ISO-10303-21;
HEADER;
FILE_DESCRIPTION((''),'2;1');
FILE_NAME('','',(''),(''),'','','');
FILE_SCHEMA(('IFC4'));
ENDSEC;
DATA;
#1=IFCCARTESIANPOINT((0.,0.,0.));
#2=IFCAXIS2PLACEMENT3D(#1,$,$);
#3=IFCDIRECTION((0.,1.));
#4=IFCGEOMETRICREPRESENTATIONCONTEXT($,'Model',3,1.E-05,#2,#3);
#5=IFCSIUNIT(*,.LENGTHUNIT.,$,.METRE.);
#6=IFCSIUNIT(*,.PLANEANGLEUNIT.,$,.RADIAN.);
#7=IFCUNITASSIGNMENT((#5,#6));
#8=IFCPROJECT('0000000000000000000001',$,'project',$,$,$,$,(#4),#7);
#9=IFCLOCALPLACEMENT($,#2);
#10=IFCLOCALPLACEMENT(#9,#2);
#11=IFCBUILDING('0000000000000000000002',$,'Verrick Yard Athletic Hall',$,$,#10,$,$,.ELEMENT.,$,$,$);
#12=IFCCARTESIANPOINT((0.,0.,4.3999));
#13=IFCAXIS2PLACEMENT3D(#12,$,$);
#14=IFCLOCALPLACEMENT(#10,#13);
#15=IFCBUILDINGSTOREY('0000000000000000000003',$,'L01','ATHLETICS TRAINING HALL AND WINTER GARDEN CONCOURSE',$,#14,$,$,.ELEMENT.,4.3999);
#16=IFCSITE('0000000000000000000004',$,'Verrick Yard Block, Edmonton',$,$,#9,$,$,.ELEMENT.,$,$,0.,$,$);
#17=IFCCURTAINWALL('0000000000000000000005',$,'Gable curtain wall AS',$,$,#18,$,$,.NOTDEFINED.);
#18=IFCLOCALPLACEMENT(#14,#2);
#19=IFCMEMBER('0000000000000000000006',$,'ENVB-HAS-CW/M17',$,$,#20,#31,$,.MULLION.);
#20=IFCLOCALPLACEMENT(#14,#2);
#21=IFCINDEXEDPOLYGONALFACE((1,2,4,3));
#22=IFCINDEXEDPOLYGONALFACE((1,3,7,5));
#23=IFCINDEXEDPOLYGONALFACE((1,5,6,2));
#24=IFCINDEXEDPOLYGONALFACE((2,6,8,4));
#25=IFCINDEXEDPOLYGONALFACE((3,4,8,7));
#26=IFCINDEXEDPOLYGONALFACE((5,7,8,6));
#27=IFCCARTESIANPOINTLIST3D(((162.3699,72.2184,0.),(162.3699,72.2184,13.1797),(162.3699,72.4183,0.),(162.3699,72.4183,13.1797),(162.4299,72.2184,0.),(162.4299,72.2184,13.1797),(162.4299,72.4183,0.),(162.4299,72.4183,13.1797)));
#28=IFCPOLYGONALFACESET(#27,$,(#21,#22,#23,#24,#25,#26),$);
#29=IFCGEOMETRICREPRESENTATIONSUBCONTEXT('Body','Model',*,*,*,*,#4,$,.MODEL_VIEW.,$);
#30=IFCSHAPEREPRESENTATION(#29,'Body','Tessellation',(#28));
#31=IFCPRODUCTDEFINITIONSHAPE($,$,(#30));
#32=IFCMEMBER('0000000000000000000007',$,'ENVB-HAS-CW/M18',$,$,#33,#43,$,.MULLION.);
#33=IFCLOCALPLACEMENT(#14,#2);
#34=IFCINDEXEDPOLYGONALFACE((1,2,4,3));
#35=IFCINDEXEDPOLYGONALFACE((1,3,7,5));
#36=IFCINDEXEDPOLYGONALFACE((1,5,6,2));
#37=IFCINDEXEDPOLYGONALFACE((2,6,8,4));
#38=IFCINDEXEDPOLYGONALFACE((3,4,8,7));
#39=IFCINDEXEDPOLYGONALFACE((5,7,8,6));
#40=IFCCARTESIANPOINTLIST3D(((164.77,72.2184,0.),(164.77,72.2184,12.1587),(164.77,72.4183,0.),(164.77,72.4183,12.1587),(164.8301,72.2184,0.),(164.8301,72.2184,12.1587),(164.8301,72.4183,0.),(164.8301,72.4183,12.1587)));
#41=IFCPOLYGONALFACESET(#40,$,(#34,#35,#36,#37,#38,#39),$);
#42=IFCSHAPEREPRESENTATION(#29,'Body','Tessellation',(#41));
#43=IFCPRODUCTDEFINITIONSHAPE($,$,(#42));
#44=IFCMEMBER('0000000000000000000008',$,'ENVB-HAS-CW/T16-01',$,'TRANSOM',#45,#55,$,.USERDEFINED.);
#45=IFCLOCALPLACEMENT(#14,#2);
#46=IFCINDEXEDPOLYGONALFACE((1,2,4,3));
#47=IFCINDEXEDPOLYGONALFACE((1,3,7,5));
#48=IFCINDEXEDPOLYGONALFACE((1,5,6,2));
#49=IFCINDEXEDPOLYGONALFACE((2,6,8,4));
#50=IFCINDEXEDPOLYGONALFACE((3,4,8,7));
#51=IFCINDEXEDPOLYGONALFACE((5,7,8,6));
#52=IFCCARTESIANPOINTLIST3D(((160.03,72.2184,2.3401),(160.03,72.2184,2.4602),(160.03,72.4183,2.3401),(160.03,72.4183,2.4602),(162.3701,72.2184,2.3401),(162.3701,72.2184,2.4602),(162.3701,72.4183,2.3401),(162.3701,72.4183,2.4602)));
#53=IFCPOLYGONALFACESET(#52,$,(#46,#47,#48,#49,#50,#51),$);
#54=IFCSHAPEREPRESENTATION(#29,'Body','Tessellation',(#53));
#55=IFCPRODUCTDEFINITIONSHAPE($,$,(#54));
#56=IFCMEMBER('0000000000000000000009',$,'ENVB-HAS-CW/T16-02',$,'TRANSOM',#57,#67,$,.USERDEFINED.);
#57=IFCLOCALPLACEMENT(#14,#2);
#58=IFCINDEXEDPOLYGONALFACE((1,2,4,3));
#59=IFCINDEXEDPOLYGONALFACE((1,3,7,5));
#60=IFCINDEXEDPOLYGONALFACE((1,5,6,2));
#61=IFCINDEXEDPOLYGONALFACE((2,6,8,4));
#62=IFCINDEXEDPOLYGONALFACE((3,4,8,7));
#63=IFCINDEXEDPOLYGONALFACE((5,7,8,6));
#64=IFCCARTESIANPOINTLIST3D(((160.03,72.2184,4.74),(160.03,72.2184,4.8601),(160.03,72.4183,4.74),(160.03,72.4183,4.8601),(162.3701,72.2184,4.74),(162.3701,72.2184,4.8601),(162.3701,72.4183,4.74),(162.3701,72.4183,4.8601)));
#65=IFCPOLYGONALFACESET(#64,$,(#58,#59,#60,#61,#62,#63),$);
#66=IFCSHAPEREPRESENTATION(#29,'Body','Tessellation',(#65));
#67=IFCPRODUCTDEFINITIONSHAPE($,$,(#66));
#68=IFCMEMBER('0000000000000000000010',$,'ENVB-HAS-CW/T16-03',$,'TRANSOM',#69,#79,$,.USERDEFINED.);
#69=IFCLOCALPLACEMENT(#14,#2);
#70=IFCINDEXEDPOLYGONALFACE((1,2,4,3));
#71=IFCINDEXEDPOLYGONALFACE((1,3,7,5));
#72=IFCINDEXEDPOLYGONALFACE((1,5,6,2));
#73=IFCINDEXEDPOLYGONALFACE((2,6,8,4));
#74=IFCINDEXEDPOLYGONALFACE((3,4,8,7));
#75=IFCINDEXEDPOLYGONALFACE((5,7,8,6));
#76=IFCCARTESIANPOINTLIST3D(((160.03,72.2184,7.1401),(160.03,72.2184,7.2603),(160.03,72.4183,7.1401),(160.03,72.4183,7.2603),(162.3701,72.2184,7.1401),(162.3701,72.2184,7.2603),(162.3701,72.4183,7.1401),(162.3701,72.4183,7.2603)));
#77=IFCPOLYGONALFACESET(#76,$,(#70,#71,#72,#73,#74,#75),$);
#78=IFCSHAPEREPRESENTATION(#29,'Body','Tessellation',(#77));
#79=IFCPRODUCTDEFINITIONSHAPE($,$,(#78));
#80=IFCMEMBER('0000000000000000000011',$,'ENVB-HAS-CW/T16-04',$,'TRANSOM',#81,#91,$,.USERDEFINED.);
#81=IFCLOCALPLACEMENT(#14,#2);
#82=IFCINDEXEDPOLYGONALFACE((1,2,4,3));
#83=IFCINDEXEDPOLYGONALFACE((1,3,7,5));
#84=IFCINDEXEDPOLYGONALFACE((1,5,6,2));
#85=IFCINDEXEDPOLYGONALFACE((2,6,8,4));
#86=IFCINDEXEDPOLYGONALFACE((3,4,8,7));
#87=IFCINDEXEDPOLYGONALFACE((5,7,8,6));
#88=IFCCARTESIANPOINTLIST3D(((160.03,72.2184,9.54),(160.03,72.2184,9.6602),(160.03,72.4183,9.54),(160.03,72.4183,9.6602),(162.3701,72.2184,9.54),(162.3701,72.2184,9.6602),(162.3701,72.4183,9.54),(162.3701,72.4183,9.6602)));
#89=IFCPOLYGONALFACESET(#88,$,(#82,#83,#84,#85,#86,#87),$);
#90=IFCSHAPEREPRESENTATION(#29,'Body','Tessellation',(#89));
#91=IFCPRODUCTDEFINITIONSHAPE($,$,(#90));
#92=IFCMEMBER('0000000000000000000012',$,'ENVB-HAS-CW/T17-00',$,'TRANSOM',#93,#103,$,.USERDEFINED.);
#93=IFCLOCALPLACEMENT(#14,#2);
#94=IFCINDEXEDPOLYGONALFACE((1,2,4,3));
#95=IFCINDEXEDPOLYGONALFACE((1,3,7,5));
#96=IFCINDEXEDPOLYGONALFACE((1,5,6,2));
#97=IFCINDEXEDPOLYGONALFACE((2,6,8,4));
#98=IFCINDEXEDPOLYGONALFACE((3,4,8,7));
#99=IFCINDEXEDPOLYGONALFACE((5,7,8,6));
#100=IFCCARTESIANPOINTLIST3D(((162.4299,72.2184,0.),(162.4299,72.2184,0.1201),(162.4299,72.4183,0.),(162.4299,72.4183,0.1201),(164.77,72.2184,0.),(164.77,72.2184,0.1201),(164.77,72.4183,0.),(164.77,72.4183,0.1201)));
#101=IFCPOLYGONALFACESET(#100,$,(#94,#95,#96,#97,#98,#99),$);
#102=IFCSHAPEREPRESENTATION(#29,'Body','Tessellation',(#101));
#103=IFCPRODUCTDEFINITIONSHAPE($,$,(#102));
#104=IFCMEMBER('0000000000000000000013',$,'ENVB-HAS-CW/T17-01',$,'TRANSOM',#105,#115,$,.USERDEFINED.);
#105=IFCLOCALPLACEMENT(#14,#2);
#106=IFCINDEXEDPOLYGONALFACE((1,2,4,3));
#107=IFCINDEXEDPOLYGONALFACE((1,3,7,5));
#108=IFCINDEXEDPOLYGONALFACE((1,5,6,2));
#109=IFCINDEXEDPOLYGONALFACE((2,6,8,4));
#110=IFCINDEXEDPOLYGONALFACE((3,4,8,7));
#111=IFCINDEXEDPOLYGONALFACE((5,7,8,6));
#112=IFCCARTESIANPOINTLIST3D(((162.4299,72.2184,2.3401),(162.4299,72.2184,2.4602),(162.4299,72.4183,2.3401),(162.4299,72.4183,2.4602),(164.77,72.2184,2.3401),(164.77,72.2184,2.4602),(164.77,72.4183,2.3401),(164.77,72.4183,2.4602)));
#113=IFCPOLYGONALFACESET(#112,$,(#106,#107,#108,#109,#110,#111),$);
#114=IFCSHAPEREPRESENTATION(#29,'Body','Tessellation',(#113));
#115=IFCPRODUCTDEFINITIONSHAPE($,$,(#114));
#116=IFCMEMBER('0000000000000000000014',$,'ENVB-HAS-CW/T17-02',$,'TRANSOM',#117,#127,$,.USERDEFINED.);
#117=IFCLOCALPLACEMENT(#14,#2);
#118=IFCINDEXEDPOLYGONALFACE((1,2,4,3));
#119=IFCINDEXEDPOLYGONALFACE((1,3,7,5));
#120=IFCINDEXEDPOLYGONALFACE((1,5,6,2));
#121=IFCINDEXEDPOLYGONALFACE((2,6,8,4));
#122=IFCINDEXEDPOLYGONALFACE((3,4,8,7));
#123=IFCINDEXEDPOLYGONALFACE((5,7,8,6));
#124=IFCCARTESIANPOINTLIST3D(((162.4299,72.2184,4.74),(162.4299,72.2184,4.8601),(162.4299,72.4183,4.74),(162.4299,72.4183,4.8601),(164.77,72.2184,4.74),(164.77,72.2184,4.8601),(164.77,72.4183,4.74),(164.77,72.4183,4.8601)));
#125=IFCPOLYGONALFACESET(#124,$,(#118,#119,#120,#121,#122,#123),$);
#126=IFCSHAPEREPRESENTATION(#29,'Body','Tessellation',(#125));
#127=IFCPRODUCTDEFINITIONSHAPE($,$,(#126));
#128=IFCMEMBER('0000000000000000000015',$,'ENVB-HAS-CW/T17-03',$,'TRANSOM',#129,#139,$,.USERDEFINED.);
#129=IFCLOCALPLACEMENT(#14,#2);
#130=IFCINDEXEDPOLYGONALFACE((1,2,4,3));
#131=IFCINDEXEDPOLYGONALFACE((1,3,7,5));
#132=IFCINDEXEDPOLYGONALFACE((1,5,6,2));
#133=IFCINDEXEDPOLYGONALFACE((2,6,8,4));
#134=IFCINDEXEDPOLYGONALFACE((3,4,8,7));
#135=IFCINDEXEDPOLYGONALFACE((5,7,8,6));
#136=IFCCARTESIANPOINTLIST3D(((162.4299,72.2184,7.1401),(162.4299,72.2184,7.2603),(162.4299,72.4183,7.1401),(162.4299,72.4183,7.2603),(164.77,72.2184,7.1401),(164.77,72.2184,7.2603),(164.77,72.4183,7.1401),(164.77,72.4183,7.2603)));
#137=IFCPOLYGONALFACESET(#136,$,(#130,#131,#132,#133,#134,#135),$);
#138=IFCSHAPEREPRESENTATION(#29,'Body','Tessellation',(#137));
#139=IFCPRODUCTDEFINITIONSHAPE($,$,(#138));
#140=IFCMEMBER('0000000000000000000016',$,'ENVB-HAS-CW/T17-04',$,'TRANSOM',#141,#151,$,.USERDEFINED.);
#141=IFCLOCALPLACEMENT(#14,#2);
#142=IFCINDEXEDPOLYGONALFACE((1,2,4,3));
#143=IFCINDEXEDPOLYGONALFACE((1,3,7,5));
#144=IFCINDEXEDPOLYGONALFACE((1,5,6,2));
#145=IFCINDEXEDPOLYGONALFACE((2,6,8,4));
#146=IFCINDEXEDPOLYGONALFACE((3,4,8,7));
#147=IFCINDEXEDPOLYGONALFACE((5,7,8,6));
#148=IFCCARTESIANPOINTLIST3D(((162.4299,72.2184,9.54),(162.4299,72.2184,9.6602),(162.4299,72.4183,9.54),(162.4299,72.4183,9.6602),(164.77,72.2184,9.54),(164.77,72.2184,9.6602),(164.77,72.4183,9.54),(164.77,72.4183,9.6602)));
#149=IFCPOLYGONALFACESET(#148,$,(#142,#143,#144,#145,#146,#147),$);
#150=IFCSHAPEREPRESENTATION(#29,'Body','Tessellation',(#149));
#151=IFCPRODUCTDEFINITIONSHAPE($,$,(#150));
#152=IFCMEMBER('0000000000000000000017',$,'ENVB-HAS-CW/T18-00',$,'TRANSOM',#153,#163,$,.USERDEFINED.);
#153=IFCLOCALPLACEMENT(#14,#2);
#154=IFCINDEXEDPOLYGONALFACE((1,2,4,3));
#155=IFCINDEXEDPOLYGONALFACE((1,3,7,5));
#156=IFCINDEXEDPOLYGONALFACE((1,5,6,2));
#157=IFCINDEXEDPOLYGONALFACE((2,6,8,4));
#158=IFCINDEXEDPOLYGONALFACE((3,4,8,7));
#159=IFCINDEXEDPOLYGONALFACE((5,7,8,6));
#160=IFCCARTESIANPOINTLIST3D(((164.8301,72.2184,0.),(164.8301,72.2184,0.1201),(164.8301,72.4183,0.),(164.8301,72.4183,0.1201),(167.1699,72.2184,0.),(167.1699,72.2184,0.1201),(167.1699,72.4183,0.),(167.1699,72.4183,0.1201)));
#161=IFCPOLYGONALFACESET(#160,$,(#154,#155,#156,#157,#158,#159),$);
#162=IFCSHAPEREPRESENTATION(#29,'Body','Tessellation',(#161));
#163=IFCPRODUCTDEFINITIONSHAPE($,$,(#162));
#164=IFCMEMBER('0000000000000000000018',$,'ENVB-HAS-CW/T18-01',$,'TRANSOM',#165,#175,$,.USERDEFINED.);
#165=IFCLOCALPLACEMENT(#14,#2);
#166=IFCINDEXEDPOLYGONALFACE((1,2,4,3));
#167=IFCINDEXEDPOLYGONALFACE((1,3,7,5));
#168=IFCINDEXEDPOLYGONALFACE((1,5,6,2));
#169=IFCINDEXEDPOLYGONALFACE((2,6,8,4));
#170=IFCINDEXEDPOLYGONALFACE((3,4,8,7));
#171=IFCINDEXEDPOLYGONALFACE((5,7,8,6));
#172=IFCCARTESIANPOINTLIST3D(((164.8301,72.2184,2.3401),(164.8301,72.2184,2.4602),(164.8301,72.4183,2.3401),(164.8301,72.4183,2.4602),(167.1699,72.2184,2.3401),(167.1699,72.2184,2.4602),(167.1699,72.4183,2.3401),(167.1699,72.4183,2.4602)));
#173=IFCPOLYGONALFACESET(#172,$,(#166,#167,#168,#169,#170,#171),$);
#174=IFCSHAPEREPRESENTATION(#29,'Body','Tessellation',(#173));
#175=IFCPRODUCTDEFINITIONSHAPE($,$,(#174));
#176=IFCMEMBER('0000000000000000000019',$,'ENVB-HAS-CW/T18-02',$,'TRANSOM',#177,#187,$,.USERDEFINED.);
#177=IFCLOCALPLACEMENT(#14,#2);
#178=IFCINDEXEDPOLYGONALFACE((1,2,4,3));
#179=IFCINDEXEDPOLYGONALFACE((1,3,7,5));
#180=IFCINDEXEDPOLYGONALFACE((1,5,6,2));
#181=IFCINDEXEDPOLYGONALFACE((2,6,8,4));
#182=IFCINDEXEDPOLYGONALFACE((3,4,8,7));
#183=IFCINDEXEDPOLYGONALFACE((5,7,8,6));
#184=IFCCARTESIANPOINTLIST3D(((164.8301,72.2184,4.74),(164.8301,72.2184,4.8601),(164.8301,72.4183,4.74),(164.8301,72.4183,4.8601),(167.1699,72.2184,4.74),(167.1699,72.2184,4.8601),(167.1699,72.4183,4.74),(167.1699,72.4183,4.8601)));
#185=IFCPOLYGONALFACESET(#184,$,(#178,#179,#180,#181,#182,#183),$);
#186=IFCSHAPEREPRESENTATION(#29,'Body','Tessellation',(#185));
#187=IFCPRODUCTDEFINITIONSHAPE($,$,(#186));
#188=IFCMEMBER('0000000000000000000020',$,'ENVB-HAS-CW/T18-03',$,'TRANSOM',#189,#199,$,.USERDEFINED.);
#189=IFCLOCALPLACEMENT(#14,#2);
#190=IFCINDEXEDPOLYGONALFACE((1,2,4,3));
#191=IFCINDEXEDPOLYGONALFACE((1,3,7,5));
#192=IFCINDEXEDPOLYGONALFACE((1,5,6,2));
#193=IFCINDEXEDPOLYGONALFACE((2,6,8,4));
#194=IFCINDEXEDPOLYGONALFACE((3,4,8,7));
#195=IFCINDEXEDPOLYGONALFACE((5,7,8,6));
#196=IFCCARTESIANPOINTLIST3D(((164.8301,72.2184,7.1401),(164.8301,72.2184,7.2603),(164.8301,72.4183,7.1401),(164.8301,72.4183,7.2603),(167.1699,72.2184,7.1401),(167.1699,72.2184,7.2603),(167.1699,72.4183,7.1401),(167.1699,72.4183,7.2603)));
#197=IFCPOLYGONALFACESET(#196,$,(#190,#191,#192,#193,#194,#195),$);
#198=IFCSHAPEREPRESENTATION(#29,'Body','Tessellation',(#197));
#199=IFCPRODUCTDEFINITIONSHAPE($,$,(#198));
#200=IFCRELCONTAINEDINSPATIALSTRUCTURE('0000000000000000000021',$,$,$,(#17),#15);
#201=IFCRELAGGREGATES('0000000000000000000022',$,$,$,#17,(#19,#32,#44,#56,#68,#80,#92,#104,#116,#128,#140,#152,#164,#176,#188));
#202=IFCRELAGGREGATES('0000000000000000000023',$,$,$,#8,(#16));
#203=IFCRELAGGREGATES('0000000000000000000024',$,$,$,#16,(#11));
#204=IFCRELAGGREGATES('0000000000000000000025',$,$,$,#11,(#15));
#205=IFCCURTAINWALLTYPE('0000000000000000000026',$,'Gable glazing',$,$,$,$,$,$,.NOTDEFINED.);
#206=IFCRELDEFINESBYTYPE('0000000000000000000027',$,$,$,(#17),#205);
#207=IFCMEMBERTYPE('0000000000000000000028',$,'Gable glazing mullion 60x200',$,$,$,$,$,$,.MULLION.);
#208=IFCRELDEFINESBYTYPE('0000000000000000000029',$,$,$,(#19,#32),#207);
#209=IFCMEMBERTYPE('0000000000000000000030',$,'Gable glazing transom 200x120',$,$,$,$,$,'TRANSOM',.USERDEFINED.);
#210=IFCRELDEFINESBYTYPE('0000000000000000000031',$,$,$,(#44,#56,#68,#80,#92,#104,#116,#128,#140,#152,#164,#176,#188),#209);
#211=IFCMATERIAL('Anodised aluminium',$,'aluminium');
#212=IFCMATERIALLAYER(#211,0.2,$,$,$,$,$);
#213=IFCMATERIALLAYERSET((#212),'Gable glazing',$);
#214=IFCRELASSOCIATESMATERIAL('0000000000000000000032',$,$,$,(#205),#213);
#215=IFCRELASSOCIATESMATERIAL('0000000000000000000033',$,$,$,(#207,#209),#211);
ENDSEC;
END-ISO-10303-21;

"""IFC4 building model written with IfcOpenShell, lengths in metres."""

from ifc_helpers import new_model, si_unit, direction, frame, origin, origin_2d, place, context, subcontext, project, spatial, rectangle, extrude, material, layer, layer_set, material_profile, profile_set, type_object, element, aggregate, save


model = new_model("IFC4")

# Units and contexts
model_context = context("Model", 3, precision=1e-05, world=origin(), true_north=direction((0.0, 1.0)))
body_context = subcontext(model_context, "Body", "Model", "MODEL_VIEW")
ifc_project = project(units=[si_unit("LENGTHUNIT", "METRE"), si_unit("PLANEANGLEUNIT", "RADIAN")], contexts=[model_context])

# Site, building, storey
site_placement = place(None, origin())
site = spatial("IfcSite", under=ifc_project, at=site_placement, Name="Verrick Yard Block, Edmonton", CompositionType="ELEMENT", RefElevation=0.0)
building_placement = place(site_placement, origin())
building = spatial("IfcBuilding", under=site, at=building_placement, Name="Verrick Yard Athletic Hall", CompositionType="ELEMENT")
storey_placement = place(building_placement, frame((0.0, 0.0, 4.3999)))
storey = spatial("IfcBuildingStorey", under=building, at=storey_placement, Name="L01", Description="ATHLETICS TRAINING HALL AND WINTER GARDEN CONCOURSE", CompositionType="ELEMENT", Elevation=4.3999)

# Curtain wall, members
ifc_material_1 = material(Name="Anodised aluminium", Category="aluminium")
ifc_layer_1 = layer(ifc_material_1, 0.2)
ifc_layer_set_1 = layer_set([ifc_layer_1], Name="Gable glazing")
curtain_wall_type = type_object("IfcCurtainWallType", Name="Gable glazing", PredefinedType="NOTDEFINED", material=ifc_layer_set_1)
curtain_wall_placement = place(storey_placement, origin())
curtain_wall = element("IfcCurtainWall", 1, at=curtain_wall_placement, inside=storey, type_object=curtain_wall_type, Name="Gable curtain wall AS", PredefinedType="NOTDEFINED")
ifc_material_profile_1 = material_profile(ifc_material_1, rectangle(XDim=0.2, YDim=0.0601, at=origin_2d()), Name="CW gable mullion 60x200")
ifc_profile_set_1 = profile_set([ifc_material_profile_1], Name="Anodised aluminium")
member_type_1 = type_object("IfcMemberType", Name="Gable glazing mullion 60x200", PredefinedType="MULLION", material=ifc_profile_set_1)
member_1_placement = place(storey_placement, frame((162.3999, 72.3184, 0.0), z_axis=(0.0, 0.0, 1.0), x_axis=(0.0, 1.0, 0.0)))
member_1 = element("IfcMember", 2, at=member_1_placement, type_object=member_type_1, Name="ENVB-HAS-CW/M17", PredefinedType="MULLION", context=body_context, shape_type="SweptSolid", body=[
    extrude(rectangle(XDim=0.2, YDim=0.0601, at=origin_2d()), origin(), (0.0, 0.0, 1.0), 13.1797),
])
member_2_placement = place(storey_placement, frame((164.8, 72.3184, 0.0), z_axis=(0.0, 0.0, 1.0), x_axis=(0.0, 1.0, 0.0)))
member_2 = element("IfcMember", 3, at=member_2_placement, type_object=member_type_1, Name="ENVB-HAS-CW/M18", PredefinedType="MULLION", context=body_context, shape_type="SweptSolid", body=[
    extrude(rectangle(XDim=0.2, YDim=0.0601, at=origin_2d()), origin(), (0.0, 0.0, 1.0), 12.1587),
])
ifc_material_profile_2 = material_profile(ifc_material_1, rectangle(XDim=0.2, YDim=0.1201, at=origin_2d()), Name="CW gable transom 200x120")
ifc_profile_set_2 = profile_set([ifc_material_profile_2], Name="Anodised aluminium")
member_type_2 = type_object("IfcMemberType", Name="Gable glazing transom 200x120", ElementType="TRANSOM", PredefinedType="USERDEFINED", material=ifc_profile_set_2)
member_3_placement = place(storey_placement, frame((160.03, 72.3184, 2.4001), z_axis=(1.0, 0.0, 0.0), x_axis=(0.0, 1.0, 0.0)))
member_3 = element("IfcMember", 4, at=member_3_placement, type_object=member_type_2, Name="ENVB-HAS-CW/T16-01", ObjectType="TRANSOM", PredefinedType="USERDEFINED", context=body_context, shape_type="SweptSolid", body=[
    extrude(rectangle(XDim=0.2, YDim=0.1201, at=origin_2d()), origin(), (0.0, 0.0, 1.0), 2.3401),
])
member_4_placement = place(storey_placement, frame((160.03, 72.3184, 4.8), z_axis=(1.0, 0.0, 0.0), x_axis=(0.0, 1.0, 0.0)))
member_4 = element("IfcMember", 5, at=member_4_placement, type_object=member_type_2, Name="ENVB-HAS-CW/T16-02", ObjectType="TRANSOM", PredefinedType="USERDEFINED", context=body_context, shape_type="SweptSolid", body=[
    extrude(rectangle(XDim=0.2, YDim=0.1201, at=origin_2d()), origin(), (0.0, 0.0, 1.0), 2.3401),
])
member_5_placement = place(storey_placement, frame((160.03, 72.3184, 7.2002), z_axis=(1.0, 0.0, 0.0), x_axis=(0.0, 1.0, 0.0)))
member_5 = element("IfcMember", 6, at=member_5_placement, type_object=member_type_2, Name="ENVB-HAS-CW/T16-03", ObjectType="TRANSOM", PredefinedType="USERDEFINED", context=body_context, shape_type="SweptSolid", body=[
    extrude(rectangle(XDim=0.2, YDim=0.1201, at=origin_2d()), origin(), (0.0, 0.0, 1.0), 2.3401),
])
member_6_placement = place(storey_placement, frame((160.03, 72.3184, 9.6001), z_axis=(1.0, 0.0, 0.0), x_axis=(0.0, 1.0, 0.0)))
member_6 = element("IfcMember", 7, at=member_6_placement, type_object=member_type_2, Name="ENVB-HAS-CW/T16-04", ObjectType="TRANSOM", PredefinedType="USERDEFINED", context=body_context, shape_type="SweptSolid", body=[
    extrude(rectangle(XDim=0.2, YDim=0.1201, at=origin_2d()), origin(), (0.0, 0.0, 1.0), 2.3401),
])
member_7_placement = place(storey_placement, frame((162.4299, 72.3184, 0.0601), z_axis=(1.0, 0.0, 0.0), x_axis=(0.0, 1.0, 0.0)))
member_7 = element("IfcMember", 8, at=member_7_placement, type_object=member_type_2, Name="ENVB-HAS-CW/T17-00", ObjectType="TRANSOM", PredefinedType="USERDEFINED", context=body_context, shape_type="SweptSolid", body=[
    extrude(rectangle(XDim=0.2, YDim=0.1201, at=origin_2d()), origin(), (0.0, 0.0, 1.0), 2.3401),
])
member_8_placement = place(storey_placement, frame((162.4299, 72.3184, 2.4001), z_axis=(1.0, 0.0, 0.0), x_axis=(0.0, 1.0, 0.0)))
member_8 = element("IfcMember", 9, at=member_8_placement, type_object=member_type_2, Name="ENVB-HAS-CW/T17-01", ObjectType="TRANSOM", PredefinedType="USERDEFINED", context=body_context, shape_type="SweptSolid", body=[
    extrude(rectangle(XDim=0.2, YDim=0.1201, at=origin_2d()), origin(), (0.0, 0.0, 1.0), 2.3401),
])
member_9_placement = place(storey_placement, frame((162.4299, 72.3184, 4.8), z_axis=(1.0, 0.0, 0.0), x_axis=(0.0, 1.0, 0.0)))
member_9 = element("IfcMember", 10, at=member_9_placement, type_object=member_type_2, Name="ENVB-HAS-CW/T17-02", ObjectType="TRANSOM", PredefinedType="USERDEFINED", context=body_context, shape_type="SweptSolid", body=[
    extrude(rectangle(XDim=0.2, YDim=0.1201, at=origin_2d()), origin(), (0.0, 0.0, 1.0), 2.3401),
])
member_10_placement = place(storey_placement, frame((162.4299, 72.3184, 7.2002), z_axis=(1.0, 0.0, 0.0), x_axis=(0.0, 1.0, 0.0)))
member_10 = element("IfcMember", 11, at=member_10_placement, type_object=member_type_2, Name="ENVB-HAS-CW/T17-03", ObjectType="TRANSOM", PredefinedType="USERDEFINED", context=body_context, shape_type="SweptSolid", body=[
    extrude(rectangle(XDim=0.2, YDim=0.1201, at=origin_2d()), origin(), (0.0, 0.0, 1.0), 2.3401),
])
member_11_placement = place(storey_placement, frame((162.4299, 72.3184, 9.6001), z_axis=(1.0, 0.0, 0.0), x_axis=(0.0, 1.0, 0.0)))
member_11 = element("IfcMember", 12, at=member_11_placement, type_object=member_type_2, Name="ENVB-HAS-CW/T17-04", ObjectType="TRANSOM", PredefinedType="USERDEFINED", context=body_context, shape_type="SweptSolid", body=[
    extrude(rectangle(XDim=0.2, YDim=0.1201, at=origin_2d()), origin(), (0.0, 0.0, 1.0), 2.3401),
])
member_12_placement = place(storey_placement, frame((164.8301, 72.3184, 0.0601), z_axis=(1.0, 0.0, 0.0), x_axis=(0.0, 1.0, 0.0)))
member_12 = element("IfcMember", 13, at=member_12_placement, type_object=member_type_2, Name="ENVB-HAS-CW/T18-00", ObjectType="TRANSOM", PredefinedType="USERDEFINED", context=body_context, shape_type="SweptSolid", body=[
    extrude(rectangle(XDim=0.2, YDim=0.1201, at=origin_2d()), origin(), (0.0, 0.0, 1.0), 2.3398),
])
member_13_placement = place(storey_placement, frame((164.8301, 72.3184, 2.4001), z_axis=(1.0, 0.0, 0.0), x_axis=(0.0, 1.0, 0.0)))
member_13 = element("IfcMember", 14, at=member_13_placement, type_object=member_type_2, Name="ENVB-HAS-CW/T18-01", ObjectType="TRANSOM", PredefinedType="USERDEFINED", context=body_context, shape_type="SweptSolid", body=[
    extrude(rectangle(XDim=0.2, YDim=0.1201, at=origin_2d()), origin(), (0.0, 0.0, 1.0), 2.3398),
])
member_14_placement = place(storey_placement, frame((164.8301, 72.3184, 4.8), z_axis=(1.0, 0.0, 0.0), x_axis=(0.0, 1.0, 0.0)))
member_14 = element("IfcMember", 15, at=member_14_placement, type_object=member_type_2, Name="ENVB-HAS-CW/T18-02", ObjectType="TRANSOM", PredefinedType="USERDEFINED", context=body_context, shape_type="SweptSolid", body=[
    extrude(rectangle(XDim=0.2, YDim=0.1201, at=origin_2d()), origin(), (0.0, 0.0, 1.0), 2.3398),
])
member_15_placement = place(storey_placement, frame((164.8301, 72.3184, 7.2002), z_axis=(1.0, 0.0, 0.0), x_axis=(0.0, 1.0, 0.0)))
member_15 = element("IfcMember", 16, at=member_15_placement, type_object=member_type_2, Name="ENVB-HAS-CW/T18-03", ObjectType="TRANSOM", PredefinedType="USERDEFINED", context=body_context, shape_type="SweptSolid", body=[
    extrude(rectangle(XDim=0.2, YDim=0.1201, at=origin_2d()), origin(), (0.0, 0.0, 1.0), 2.3398),
])
aggregate(curtain_wall, [member_1, member_2, member_3, member_4, member_5, member_6, member_7, member_8, member_9, member_10, member_11, member_12, member_13, member_14, member_15])

save(model, "model.ifc")
